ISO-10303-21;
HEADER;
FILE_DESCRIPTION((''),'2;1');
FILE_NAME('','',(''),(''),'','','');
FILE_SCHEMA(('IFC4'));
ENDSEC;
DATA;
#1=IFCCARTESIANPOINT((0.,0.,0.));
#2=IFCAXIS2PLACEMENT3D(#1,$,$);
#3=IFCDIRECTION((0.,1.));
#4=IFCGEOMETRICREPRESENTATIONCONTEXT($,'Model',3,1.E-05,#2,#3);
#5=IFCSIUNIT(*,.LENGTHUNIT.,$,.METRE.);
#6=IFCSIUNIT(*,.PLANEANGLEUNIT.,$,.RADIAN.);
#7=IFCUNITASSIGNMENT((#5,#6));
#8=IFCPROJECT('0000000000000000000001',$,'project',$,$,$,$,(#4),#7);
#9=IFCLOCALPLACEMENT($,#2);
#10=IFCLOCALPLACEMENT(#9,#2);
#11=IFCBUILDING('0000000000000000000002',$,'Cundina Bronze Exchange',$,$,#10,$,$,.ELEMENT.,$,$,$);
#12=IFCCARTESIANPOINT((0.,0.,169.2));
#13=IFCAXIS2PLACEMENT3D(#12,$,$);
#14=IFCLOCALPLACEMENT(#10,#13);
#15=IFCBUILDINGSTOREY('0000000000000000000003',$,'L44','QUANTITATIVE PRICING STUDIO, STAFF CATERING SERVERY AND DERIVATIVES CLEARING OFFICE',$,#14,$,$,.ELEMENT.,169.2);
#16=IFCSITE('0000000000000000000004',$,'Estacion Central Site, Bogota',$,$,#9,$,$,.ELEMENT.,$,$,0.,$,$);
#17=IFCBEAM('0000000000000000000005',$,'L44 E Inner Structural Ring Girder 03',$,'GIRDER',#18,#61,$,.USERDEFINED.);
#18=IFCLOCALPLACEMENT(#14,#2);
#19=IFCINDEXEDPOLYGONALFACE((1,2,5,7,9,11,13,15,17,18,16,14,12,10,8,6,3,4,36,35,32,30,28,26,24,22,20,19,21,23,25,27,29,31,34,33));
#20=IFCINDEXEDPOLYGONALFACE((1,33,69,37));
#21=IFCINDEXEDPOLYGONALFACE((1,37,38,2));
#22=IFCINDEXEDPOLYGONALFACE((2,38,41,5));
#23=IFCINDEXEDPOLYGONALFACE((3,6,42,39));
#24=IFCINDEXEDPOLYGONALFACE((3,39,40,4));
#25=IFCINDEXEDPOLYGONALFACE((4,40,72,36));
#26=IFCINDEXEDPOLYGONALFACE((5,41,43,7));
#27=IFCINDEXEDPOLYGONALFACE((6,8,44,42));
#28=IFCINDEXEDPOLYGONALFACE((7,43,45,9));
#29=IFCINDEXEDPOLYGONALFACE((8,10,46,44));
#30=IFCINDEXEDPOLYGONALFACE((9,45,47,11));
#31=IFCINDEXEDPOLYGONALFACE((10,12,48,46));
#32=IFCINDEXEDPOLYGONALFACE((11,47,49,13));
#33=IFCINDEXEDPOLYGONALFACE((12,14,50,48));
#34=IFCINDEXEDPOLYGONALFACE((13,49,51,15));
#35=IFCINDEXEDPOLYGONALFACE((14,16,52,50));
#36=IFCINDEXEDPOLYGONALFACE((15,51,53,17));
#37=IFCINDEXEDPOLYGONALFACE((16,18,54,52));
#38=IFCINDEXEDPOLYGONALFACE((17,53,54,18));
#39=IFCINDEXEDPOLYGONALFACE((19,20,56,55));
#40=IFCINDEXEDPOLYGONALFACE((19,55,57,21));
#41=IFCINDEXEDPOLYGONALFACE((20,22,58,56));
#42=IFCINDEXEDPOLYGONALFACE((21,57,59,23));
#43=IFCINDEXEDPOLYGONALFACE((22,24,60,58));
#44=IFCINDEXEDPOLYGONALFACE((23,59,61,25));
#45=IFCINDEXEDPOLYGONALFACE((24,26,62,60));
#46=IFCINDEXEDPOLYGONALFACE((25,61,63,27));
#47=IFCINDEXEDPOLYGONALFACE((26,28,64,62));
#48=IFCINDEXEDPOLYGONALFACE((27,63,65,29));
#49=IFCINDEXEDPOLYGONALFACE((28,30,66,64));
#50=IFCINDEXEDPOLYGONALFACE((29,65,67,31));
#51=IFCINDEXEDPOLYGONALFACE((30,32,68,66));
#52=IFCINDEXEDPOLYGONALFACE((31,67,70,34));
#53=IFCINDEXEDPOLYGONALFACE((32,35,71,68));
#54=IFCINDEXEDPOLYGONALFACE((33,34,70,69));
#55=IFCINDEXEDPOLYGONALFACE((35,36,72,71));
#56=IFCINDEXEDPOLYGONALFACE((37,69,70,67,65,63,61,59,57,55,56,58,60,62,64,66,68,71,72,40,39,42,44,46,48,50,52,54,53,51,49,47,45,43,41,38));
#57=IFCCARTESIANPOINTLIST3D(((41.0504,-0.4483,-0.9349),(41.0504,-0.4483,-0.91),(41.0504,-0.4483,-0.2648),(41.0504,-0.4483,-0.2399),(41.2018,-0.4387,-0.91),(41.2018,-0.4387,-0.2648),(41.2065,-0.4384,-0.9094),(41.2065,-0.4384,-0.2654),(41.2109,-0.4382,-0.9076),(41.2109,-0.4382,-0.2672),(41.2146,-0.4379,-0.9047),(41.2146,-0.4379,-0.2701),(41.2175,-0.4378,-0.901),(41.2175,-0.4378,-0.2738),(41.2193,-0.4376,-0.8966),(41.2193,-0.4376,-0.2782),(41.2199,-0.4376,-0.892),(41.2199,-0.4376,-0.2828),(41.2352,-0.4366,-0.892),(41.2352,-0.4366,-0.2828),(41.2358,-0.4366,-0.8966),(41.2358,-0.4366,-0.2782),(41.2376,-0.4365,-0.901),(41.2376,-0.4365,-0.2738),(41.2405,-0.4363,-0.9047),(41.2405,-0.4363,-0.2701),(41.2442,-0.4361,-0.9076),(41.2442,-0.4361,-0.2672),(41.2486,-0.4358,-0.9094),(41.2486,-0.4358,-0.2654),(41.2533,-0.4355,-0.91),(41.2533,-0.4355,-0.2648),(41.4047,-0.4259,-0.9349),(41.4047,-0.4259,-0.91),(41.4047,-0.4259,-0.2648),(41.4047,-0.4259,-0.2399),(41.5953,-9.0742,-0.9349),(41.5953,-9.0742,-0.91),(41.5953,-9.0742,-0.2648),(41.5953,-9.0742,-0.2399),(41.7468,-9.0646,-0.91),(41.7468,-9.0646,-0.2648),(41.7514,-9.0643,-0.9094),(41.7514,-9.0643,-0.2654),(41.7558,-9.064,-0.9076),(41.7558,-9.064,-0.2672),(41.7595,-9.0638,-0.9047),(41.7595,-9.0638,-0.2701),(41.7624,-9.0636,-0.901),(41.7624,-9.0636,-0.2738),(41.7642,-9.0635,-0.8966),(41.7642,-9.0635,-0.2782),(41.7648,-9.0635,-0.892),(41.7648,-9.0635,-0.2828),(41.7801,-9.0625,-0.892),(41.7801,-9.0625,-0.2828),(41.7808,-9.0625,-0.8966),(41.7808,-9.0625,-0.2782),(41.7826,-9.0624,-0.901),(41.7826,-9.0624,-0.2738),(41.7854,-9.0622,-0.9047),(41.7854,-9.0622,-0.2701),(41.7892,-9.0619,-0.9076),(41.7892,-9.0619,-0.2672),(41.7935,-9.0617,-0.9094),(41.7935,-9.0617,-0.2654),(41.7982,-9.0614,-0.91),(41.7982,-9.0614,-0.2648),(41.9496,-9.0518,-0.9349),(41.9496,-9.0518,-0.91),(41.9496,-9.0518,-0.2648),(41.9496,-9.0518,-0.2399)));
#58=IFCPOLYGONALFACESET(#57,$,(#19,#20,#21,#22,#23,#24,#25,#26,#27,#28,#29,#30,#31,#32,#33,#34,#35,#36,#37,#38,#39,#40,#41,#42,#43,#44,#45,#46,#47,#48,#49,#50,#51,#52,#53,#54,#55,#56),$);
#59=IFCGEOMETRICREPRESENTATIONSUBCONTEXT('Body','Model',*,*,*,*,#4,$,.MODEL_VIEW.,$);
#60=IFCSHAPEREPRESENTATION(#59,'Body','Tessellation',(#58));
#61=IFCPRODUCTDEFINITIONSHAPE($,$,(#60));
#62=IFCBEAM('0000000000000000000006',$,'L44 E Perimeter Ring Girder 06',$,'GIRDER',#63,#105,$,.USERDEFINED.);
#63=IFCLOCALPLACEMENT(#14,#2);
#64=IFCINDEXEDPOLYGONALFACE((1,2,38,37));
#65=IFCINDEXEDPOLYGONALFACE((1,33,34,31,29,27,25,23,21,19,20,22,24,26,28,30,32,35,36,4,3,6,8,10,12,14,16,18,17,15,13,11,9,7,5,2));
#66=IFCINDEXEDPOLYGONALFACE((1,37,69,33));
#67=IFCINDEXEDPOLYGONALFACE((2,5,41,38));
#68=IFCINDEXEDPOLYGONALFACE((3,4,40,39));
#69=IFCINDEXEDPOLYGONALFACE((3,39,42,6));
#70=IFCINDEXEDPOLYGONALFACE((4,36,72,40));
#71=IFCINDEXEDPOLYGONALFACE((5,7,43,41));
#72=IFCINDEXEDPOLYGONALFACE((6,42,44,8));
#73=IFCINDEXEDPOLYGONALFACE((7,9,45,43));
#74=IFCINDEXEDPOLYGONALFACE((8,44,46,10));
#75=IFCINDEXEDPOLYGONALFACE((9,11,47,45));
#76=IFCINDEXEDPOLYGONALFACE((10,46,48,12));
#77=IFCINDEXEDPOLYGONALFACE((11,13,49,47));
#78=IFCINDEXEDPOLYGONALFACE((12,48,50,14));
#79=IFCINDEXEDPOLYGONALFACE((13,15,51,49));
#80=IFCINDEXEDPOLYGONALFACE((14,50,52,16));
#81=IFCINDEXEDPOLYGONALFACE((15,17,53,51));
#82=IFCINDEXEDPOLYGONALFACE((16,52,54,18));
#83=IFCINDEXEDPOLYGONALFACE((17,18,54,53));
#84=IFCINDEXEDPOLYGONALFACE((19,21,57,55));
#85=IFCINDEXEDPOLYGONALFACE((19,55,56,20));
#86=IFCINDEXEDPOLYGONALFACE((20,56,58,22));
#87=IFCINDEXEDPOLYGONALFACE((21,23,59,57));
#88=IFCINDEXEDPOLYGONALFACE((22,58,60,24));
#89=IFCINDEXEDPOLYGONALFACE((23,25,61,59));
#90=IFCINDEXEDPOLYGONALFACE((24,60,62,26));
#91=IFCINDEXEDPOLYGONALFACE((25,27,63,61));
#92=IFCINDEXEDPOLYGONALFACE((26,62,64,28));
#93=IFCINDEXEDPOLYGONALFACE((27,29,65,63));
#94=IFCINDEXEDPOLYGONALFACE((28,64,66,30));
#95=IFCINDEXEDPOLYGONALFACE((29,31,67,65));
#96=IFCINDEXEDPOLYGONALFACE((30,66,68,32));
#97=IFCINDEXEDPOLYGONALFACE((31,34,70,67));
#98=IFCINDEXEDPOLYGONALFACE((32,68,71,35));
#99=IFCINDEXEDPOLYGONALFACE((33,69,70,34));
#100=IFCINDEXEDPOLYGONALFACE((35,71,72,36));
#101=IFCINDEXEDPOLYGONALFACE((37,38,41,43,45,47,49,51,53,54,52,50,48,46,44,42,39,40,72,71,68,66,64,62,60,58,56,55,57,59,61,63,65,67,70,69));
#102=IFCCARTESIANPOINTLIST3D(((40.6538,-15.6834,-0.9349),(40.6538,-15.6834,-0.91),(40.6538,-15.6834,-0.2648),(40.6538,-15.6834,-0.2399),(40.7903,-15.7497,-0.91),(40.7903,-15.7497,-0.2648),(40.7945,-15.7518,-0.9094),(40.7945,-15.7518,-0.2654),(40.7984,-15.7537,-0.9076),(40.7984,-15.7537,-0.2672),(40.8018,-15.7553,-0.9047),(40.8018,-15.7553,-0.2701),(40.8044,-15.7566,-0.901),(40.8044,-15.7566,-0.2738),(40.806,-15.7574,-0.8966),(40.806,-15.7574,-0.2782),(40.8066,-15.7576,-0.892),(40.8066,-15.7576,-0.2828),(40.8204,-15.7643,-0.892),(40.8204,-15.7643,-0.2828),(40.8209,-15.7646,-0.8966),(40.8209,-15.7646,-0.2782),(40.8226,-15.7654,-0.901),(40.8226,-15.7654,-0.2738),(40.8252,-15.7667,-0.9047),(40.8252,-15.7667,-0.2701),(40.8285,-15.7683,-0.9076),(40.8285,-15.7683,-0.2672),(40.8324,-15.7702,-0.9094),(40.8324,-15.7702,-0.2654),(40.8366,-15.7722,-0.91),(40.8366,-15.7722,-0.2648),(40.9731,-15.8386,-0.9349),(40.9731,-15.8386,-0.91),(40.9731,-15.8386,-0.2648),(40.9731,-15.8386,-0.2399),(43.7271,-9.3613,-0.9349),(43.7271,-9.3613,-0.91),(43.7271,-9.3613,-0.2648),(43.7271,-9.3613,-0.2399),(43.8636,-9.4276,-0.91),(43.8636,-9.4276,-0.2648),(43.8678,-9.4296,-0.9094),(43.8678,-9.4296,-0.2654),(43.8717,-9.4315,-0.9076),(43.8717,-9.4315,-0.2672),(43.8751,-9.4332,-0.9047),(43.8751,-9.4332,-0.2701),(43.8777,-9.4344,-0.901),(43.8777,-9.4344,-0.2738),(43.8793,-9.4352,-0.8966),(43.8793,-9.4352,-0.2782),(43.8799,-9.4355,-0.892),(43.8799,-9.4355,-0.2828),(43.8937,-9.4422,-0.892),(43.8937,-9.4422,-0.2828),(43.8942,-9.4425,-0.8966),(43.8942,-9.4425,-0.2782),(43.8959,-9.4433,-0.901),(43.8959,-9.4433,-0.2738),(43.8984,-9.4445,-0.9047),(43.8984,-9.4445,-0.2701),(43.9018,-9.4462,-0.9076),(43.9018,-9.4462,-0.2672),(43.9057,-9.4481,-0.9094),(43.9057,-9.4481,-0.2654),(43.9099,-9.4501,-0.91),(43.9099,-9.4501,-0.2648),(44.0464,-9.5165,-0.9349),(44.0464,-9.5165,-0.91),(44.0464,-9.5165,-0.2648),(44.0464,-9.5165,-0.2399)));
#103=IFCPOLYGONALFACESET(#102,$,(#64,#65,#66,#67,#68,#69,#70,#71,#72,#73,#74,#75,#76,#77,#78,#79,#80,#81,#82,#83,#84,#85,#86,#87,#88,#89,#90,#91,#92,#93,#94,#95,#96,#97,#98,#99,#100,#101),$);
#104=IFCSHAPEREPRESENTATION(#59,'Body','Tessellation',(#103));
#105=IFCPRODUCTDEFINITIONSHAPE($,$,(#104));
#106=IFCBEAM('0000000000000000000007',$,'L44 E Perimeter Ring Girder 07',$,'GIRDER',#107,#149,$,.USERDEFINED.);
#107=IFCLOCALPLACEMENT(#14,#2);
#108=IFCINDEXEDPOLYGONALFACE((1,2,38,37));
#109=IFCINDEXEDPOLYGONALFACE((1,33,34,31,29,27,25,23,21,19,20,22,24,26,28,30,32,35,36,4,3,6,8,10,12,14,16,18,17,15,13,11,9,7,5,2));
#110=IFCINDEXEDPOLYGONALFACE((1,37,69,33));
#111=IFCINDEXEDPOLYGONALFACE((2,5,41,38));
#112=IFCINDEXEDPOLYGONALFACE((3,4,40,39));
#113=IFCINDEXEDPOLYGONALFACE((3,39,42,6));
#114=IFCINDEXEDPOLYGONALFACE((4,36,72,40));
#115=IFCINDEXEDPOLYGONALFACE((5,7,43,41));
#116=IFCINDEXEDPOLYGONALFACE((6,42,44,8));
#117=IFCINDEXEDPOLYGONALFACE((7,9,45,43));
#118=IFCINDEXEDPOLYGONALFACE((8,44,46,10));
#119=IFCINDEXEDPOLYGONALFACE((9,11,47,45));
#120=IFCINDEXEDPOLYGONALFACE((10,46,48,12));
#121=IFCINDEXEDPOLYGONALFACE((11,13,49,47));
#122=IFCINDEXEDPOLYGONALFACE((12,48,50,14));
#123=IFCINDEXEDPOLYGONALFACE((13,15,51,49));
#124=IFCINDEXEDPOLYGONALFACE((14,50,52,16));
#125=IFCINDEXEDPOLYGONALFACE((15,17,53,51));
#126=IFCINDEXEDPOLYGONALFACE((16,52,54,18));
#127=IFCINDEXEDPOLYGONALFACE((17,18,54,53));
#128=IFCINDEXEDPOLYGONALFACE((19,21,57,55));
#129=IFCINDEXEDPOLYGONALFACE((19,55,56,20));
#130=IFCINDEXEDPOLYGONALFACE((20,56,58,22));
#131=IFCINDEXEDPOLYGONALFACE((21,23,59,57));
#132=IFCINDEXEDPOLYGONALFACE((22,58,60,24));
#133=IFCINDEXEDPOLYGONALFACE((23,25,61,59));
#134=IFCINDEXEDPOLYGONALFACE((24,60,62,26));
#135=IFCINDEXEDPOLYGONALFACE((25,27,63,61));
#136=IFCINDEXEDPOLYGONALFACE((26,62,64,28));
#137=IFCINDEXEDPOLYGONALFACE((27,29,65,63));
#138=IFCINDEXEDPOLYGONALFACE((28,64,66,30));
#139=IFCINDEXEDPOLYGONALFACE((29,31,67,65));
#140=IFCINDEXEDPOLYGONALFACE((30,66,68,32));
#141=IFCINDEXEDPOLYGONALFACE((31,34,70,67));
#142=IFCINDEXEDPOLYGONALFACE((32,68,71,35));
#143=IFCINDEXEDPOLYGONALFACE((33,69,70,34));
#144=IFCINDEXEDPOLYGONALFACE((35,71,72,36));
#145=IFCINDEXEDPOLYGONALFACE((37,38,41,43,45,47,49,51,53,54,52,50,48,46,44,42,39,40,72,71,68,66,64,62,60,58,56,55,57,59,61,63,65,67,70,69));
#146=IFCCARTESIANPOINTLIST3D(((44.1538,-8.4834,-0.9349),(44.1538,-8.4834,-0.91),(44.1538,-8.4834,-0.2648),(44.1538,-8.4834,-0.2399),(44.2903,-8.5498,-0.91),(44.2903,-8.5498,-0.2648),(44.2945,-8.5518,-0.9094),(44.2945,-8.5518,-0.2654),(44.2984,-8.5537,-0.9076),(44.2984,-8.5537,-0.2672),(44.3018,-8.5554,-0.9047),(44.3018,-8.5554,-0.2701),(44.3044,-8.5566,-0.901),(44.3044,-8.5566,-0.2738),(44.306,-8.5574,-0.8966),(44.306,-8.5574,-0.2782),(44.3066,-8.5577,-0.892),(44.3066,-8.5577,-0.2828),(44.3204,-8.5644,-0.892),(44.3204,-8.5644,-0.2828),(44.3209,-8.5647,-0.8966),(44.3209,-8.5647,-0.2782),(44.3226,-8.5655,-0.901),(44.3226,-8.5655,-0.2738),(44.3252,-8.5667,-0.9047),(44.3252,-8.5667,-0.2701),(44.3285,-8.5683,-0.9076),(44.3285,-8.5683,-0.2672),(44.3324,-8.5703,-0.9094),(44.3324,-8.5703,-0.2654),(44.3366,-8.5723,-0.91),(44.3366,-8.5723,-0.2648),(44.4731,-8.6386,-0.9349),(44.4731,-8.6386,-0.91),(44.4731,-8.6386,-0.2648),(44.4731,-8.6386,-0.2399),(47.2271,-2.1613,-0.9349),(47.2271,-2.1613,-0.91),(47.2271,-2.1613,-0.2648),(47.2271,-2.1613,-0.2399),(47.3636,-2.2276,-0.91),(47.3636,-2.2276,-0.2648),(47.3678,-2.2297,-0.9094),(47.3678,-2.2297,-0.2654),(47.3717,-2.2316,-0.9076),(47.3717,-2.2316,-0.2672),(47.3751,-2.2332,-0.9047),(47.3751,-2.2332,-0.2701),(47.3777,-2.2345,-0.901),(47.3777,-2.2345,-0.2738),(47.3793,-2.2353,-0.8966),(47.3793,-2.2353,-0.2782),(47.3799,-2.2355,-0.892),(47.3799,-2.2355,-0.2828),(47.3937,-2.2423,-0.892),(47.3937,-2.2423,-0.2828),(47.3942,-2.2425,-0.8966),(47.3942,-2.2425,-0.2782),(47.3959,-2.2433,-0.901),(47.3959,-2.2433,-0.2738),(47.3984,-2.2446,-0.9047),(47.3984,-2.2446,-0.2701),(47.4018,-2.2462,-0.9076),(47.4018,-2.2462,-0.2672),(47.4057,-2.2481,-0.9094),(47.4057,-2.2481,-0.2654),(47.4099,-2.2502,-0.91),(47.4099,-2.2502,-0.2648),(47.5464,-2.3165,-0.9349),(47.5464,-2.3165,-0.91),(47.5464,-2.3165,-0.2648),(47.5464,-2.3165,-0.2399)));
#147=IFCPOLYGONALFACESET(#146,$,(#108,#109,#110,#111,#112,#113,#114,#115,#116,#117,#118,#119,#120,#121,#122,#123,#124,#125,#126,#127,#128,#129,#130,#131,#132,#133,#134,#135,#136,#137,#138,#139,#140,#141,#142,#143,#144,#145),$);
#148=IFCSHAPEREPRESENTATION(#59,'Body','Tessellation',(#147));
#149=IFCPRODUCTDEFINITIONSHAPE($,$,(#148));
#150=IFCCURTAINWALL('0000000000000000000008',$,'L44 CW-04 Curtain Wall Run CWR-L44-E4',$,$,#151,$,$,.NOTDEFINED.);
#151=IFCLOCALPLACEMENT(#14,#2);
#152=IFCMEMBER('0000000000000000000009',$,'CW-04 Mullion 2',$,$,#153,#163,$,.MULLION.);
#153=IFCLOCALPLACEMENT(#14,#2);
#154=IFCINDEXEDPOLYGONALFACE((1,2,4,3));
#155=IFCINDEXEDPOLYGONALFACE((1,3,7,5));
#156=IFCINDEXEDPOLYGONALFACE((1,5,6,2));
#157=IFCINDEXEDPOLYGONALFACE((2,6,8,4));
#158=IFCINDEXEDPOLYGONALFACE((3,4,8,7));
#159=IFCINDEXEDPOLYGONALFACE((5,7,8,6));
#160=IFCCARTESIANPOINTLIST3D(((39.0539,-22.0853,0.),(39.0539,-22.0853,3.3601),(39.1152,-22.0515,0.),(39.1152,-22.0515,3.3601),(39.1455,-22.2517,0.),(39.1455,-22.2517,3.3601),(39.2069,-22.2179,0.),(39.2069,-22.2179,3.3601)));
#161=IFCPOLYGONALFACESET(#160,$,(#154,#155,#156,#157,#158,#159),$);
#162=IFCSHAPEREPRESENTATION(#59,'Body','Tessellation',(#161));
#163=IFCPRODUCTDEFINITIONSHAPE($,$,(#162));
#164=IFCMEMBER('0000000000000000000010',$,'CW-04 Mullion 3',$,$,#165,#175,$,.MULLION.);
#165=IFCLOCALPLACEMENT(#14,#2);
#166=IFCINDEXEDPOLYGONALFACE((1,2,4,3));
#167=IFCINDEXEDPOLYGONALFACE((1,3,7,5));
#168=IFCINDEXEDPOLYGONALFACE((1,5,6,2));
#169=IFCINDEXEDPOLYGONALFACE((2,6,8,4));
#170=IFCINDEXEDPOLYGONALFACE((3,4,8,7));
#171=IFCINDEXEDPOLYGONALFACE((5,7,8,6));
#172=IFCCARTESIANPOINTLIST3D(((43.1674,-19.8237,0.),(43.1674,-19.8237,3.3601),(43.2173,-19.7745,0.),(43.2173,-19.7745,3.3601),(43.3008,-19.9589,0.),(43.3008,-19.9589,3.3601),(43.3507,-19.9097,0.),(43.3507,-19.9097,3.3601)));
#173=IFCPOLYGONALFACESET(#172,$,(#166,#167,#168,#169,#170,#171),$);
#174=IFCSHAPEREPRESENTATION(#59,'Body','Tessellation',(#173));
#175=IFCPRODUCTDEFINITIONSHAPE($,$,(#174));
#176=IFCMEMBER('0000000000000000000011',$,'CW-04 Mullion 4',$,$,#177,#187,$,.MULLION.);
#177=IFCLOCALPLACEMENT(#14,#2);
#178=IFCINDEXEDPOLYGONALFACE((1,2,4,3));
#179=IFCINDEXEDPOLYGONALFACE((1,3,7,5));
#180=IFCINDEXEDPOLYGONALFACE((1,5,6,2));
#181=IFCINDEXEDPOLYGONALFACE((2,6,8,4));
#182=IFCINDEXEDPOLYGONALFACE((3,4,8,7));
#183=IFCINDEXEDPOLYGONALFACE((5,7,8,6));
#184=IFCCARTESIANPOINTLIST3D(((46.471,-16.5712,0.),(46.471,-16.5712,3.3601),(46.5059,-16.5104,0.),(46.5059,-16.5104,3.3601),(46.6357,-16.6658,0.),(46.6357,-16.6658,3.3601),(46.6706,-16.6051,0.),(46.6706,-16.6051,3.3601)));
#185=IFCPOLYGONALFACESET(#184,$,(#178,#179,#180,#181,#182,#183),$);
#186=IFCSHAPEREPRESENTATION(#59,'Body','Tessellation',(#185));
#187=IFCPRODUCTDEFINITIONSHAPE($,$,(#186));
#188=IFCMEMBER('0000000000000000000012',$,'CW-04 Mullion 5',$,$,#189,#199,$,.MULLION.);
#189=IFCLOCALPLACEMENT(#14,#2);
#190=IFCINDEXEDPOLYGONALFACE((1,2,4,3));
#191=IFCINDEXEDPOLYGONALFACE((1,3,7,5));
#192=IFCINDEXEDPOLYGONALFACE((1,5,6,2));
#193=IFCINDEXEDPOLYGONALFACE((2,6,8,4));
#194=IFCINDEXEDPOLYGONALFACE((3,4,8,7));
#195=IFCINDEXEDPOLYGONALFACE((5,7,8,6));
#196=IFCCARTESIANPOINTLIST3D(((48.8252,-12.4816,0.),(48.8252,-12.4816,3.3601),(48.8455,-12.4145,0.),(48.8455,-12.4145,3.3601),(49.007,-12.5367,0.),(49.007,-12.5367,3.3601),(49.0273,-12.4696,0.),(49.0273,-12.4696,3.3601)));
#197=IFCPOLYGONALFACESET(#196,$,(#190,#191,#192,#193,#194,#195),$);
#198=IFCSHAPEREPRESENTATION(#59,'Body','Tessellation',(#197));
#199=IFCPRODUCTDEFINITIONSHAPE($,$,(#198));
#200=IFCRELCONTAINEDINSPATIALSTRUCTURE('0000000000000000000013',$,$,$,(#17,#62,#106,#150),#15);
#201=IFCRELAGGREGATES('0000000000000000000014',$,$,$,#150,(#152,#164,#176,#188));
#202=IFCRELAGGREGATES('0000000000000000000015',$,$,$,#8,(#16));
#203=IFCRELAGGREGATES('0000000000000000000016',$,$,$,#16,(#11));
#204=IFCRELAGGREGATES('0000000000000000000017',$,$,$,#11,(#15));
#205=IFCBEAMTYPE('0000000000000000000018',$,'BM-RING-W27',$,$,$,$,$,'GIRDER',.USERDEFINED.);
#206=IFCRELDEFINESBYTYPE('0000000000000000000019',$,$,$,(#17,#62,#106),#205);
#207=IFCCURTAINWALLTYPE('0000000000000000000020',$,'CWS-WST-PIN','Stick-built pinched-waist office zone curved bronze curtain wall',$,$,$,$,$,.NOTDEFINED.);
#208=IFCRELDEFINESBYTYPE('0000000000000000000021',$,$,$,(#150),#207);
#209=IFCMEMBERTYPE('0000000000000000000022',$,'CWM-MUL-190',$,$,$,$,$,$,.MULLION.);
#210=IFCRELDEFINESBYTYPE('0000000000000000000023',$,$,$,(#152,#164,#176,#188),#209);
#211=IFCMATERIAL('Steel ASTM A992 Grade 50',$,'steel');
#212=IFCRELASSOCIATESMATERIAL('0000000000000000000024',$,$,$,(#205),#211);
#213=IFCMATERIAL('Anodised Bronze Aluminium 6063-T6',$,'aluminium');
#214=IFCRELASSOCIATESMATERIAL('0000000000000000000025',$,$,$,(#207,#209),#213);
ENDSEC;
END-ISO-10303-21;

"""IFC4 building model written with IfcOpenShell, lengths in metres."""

from ifc_helpers import new_model, si_unit, direction, frame, origin, origin_2d, place, context, subcontext, project, spatial, rectangle, i_section, extrude, material, material_profile, profile_set, type_object, element, aggregate, save


model = new_model("IFC4")

# Units and contexts
model_context = context("Model", 3, precision=1e-05, world=origin(), true_north=direction((0.0, 1.0)))
body_context = subcontext(model_context, "Body", "Model", "MODEL_VIEW")
ifc_project = project(units=[si_unit("LENGTHUNIT", "METRE"), si_unit("PLANEANGLEUNIT", "RADIAN")], contexts=[model_context])

# Site, building, storey
site_placement = place(None, origin())
site = spatial("IfcSite", under=ifc_project, at=site_placement, Name="Estacion Central Site, Bogota", CompositionType="ELEMENT", RefElevation=0.0)
building_placement = place(site_placement, origin())
building = spatial("IfcBuilding", under=site, at=building_placement, Name="Cundina Bronze Exchange", CompositionType="ELEMENT")
storey_placement = place(building_placement, frame((0.0, 0.0, 169.2)))
storey = spatial("IfcBuildingStorey", under=building, at=storey_placement, Name="L44", Description="QUANTITATIVE PRICING STUDIO, STAFF CATERING SERVERY AND DERIVATIVES CLEARING OFFICE", CompositionType="ELEMENT", Elevation=169.2)

# Beams
ifc_material_1 = material(Name="Steel ASTM A992 Grade 50", Category="steel")
ifc_material_profile_1 = material_profile(ifc_material_1, i_section(OverallWidth=0.355, OverallDepth=0.6951, WebThickness=0.0154, FlangeThickness=0.0249, FilletRadius=0.0181, at=origin_2d()), Name="W27X146", Category="steel")
ifc_profile_set_1 = profile_set([ifc_material_profile_1], Name="Steel ASTM A992 Grade 50")
beam_type_1 = type_object("IfcBeamType", Name="BM-RING-W27", ElementType="GIRDER", PredefinedType="USERDEFINED", material=ifc_profile_set_1)
beam_1_placement = place(storey_placement, frame((41.7725, -9.063, -0.5874), z_axis=(-0.063047, 0.998011, 0.0), x_axis=(-0.998011, -0.063047, 0.0)))
element("IfcBeam", 1, at=beam_1_placement, inside=storey, type_object=beam_type_1, Name="L44 E Inner Structural Ring Girder 03", ObjectType="GIRDER", PredefinedType="USERDEFINED", context=body_context, shape_type="SweptSolid", body=[
    extrude(i_section(OverallWidth=0.355, OverallDepth=0.6951, WebThickness=0.0154, FlangeThickness=0.0249, FilletRadius=0.0181, at=origin_2d()), origin(), (0.0, 0.0, 1.0), 8.6431),
])
for number, where, z_axis, x_axis, name in (
    (2, (40.8135, -15.761, -0.5874), (0.437197, 0.899366, 0.0), (-0.899366, 0.437197, 0.0), "L44 E Perimeter Ring Girder 06"),
    (3, (44.3135, -8.561, -0.5874), (0.437197, 0.899366, 0.0), (-0.899366, 0.437197, 0.0), "L44 E Perimeter Ring Girder 07"),
):
    element("IfcBeam", number, at=place(storey_placement, frame(where, z_axis=z_axis, x_axis=x_axis)), inside=storey, type_object=beam_type_1, Name=name, ObjectType="GIRDER", PredefinedType="USERDEFINED", context=body_context, shape_type="SweptSolid", body=[
        extrude(i_section(OverallWidth=0.355, OverallDepth=0.6951, WebThickness=0.0154, FlangeThickness=0.0249, FilletRadius=0.0181, at=origin_2d()), origin(), (0.0, 0.0, 1.0), 7.0295),
    ])

# Curtain wall, members
ifc_material_2 = material(Name="Anodised Bronze Aluminium 6063-T6", Category="aluminium")
curtain_wall_type = type_object("IfcCurtainWallType", Name="CWS-WST-PIN", Description="Stick-built pinched-waist office zone curved bronze curtain wall", PredefinedType="NOTDEFINED", material=ifc_material_2)
curtain_wall_placement = place(storey_placement, origin())
curtain_wall = element("IfcCurtainWall", 4, at=curtain_wall_placement, inside=storey, type_object=curtain_wall_type, Name="L44 CW-04 Curtain Wall Run CWR-L44-E4", PredefinedType="NOTDEFINED")
ifc_material_profile_2 = material_profile(ifc_material_2, rectangle(XDim=0.0701, YDim=0.1899, at=origin_2d()), Name="AL70X190", Category="aluminium")
ifc_profile_set_2 = profile_set([ifc_material_profile_2], Name="Anodised Bronze Aluminium 6063-T6")
member_type_1 = type_object("IfcMemberType", Name="CWM-MUL-190", PredefinedType="MULLION", material=ifc_profile_set_2)
member_1_placement = place(storey_placement, frame((39.1304, -22.1516, 0.0), z_axis=(0.0, 0.0, 1.0), x_axis=(0.875886, 0.482518, 0.0)))
member_1 = element("IfcMember", 5, at=member_1_placement, type_object=member_type_1, Name="CW-04 Mullion 2", PredefinedType="MULLION", context=body_context, shape_type="SweptSolid", body=[
    extrude(rectangle(XDim=0.0701, YDim=0.1899, at=origin_2d()), origin(), (0.0, 0.0, 1.0), 3.3601),
])
member_2_placement = place(storey_placement, frame((43.259, -19.8667, 0.0), z_axis=(0.0, 0.0, 1.0), x_axis=(0.712026, 0.702153, 0.0)))
member_2 = element("IfcMember", 6, at=member_2_placement, type_object=member_type_1, Name="CW-04 Mullion 3", PredefinedType="MULLION", context=body_context, shape_type="SweptSolid", body=[
    extrude(rectangle(XDim=0.0701, YDim=0.1899, at=origin_2d()), origin(), (0.0, 0.0, 1.0), 3.3601),
])
member_3_placement = place(storey_placement, frame((46.5708, -16.5881, 0.0), z_axis=(0.0, 0.0, 1.0), x_axis=(0.498488, 0.866897, 0.0)))
member_3 = element("IfcMember", 7, at=member_3_placement, type_object=member_type_1, Name="CW-04 Mullion 4", PredefinedType="MULLION", context=body_context, shape_type="SweptSolid", body=[
    extrude(rectangle(XDim=0.0701, YDim=0.1899, at=origin_2d()), origin(), (0.0, 0.0, 1.0), 3.3601),
])
member_4_placement = place(storey_placement, frame((48.9263, -12.4756, 0.0), z_axis=(0.0, 0.0, 1.0), x_axis=(0.290034, 0.957016, 0.0)))
member_4 = element("IfcMember", 8, at=member_4_placement, type_object=member_type_1, Name="CW-04 Mullion 5", PredefinedType="MULLION", context=body_context, shape_type="SweptSolid", body=[
    extrude(rectangle(XDim=0.0701, YDim=0.1899, at=origin_2d()), origin(), (0.0, 0.0, 1.0), 3.3601),
])
aggregate(curtain_wall, [member_1, member_2, member_3, member_4])

save(model, "model.ifc")
